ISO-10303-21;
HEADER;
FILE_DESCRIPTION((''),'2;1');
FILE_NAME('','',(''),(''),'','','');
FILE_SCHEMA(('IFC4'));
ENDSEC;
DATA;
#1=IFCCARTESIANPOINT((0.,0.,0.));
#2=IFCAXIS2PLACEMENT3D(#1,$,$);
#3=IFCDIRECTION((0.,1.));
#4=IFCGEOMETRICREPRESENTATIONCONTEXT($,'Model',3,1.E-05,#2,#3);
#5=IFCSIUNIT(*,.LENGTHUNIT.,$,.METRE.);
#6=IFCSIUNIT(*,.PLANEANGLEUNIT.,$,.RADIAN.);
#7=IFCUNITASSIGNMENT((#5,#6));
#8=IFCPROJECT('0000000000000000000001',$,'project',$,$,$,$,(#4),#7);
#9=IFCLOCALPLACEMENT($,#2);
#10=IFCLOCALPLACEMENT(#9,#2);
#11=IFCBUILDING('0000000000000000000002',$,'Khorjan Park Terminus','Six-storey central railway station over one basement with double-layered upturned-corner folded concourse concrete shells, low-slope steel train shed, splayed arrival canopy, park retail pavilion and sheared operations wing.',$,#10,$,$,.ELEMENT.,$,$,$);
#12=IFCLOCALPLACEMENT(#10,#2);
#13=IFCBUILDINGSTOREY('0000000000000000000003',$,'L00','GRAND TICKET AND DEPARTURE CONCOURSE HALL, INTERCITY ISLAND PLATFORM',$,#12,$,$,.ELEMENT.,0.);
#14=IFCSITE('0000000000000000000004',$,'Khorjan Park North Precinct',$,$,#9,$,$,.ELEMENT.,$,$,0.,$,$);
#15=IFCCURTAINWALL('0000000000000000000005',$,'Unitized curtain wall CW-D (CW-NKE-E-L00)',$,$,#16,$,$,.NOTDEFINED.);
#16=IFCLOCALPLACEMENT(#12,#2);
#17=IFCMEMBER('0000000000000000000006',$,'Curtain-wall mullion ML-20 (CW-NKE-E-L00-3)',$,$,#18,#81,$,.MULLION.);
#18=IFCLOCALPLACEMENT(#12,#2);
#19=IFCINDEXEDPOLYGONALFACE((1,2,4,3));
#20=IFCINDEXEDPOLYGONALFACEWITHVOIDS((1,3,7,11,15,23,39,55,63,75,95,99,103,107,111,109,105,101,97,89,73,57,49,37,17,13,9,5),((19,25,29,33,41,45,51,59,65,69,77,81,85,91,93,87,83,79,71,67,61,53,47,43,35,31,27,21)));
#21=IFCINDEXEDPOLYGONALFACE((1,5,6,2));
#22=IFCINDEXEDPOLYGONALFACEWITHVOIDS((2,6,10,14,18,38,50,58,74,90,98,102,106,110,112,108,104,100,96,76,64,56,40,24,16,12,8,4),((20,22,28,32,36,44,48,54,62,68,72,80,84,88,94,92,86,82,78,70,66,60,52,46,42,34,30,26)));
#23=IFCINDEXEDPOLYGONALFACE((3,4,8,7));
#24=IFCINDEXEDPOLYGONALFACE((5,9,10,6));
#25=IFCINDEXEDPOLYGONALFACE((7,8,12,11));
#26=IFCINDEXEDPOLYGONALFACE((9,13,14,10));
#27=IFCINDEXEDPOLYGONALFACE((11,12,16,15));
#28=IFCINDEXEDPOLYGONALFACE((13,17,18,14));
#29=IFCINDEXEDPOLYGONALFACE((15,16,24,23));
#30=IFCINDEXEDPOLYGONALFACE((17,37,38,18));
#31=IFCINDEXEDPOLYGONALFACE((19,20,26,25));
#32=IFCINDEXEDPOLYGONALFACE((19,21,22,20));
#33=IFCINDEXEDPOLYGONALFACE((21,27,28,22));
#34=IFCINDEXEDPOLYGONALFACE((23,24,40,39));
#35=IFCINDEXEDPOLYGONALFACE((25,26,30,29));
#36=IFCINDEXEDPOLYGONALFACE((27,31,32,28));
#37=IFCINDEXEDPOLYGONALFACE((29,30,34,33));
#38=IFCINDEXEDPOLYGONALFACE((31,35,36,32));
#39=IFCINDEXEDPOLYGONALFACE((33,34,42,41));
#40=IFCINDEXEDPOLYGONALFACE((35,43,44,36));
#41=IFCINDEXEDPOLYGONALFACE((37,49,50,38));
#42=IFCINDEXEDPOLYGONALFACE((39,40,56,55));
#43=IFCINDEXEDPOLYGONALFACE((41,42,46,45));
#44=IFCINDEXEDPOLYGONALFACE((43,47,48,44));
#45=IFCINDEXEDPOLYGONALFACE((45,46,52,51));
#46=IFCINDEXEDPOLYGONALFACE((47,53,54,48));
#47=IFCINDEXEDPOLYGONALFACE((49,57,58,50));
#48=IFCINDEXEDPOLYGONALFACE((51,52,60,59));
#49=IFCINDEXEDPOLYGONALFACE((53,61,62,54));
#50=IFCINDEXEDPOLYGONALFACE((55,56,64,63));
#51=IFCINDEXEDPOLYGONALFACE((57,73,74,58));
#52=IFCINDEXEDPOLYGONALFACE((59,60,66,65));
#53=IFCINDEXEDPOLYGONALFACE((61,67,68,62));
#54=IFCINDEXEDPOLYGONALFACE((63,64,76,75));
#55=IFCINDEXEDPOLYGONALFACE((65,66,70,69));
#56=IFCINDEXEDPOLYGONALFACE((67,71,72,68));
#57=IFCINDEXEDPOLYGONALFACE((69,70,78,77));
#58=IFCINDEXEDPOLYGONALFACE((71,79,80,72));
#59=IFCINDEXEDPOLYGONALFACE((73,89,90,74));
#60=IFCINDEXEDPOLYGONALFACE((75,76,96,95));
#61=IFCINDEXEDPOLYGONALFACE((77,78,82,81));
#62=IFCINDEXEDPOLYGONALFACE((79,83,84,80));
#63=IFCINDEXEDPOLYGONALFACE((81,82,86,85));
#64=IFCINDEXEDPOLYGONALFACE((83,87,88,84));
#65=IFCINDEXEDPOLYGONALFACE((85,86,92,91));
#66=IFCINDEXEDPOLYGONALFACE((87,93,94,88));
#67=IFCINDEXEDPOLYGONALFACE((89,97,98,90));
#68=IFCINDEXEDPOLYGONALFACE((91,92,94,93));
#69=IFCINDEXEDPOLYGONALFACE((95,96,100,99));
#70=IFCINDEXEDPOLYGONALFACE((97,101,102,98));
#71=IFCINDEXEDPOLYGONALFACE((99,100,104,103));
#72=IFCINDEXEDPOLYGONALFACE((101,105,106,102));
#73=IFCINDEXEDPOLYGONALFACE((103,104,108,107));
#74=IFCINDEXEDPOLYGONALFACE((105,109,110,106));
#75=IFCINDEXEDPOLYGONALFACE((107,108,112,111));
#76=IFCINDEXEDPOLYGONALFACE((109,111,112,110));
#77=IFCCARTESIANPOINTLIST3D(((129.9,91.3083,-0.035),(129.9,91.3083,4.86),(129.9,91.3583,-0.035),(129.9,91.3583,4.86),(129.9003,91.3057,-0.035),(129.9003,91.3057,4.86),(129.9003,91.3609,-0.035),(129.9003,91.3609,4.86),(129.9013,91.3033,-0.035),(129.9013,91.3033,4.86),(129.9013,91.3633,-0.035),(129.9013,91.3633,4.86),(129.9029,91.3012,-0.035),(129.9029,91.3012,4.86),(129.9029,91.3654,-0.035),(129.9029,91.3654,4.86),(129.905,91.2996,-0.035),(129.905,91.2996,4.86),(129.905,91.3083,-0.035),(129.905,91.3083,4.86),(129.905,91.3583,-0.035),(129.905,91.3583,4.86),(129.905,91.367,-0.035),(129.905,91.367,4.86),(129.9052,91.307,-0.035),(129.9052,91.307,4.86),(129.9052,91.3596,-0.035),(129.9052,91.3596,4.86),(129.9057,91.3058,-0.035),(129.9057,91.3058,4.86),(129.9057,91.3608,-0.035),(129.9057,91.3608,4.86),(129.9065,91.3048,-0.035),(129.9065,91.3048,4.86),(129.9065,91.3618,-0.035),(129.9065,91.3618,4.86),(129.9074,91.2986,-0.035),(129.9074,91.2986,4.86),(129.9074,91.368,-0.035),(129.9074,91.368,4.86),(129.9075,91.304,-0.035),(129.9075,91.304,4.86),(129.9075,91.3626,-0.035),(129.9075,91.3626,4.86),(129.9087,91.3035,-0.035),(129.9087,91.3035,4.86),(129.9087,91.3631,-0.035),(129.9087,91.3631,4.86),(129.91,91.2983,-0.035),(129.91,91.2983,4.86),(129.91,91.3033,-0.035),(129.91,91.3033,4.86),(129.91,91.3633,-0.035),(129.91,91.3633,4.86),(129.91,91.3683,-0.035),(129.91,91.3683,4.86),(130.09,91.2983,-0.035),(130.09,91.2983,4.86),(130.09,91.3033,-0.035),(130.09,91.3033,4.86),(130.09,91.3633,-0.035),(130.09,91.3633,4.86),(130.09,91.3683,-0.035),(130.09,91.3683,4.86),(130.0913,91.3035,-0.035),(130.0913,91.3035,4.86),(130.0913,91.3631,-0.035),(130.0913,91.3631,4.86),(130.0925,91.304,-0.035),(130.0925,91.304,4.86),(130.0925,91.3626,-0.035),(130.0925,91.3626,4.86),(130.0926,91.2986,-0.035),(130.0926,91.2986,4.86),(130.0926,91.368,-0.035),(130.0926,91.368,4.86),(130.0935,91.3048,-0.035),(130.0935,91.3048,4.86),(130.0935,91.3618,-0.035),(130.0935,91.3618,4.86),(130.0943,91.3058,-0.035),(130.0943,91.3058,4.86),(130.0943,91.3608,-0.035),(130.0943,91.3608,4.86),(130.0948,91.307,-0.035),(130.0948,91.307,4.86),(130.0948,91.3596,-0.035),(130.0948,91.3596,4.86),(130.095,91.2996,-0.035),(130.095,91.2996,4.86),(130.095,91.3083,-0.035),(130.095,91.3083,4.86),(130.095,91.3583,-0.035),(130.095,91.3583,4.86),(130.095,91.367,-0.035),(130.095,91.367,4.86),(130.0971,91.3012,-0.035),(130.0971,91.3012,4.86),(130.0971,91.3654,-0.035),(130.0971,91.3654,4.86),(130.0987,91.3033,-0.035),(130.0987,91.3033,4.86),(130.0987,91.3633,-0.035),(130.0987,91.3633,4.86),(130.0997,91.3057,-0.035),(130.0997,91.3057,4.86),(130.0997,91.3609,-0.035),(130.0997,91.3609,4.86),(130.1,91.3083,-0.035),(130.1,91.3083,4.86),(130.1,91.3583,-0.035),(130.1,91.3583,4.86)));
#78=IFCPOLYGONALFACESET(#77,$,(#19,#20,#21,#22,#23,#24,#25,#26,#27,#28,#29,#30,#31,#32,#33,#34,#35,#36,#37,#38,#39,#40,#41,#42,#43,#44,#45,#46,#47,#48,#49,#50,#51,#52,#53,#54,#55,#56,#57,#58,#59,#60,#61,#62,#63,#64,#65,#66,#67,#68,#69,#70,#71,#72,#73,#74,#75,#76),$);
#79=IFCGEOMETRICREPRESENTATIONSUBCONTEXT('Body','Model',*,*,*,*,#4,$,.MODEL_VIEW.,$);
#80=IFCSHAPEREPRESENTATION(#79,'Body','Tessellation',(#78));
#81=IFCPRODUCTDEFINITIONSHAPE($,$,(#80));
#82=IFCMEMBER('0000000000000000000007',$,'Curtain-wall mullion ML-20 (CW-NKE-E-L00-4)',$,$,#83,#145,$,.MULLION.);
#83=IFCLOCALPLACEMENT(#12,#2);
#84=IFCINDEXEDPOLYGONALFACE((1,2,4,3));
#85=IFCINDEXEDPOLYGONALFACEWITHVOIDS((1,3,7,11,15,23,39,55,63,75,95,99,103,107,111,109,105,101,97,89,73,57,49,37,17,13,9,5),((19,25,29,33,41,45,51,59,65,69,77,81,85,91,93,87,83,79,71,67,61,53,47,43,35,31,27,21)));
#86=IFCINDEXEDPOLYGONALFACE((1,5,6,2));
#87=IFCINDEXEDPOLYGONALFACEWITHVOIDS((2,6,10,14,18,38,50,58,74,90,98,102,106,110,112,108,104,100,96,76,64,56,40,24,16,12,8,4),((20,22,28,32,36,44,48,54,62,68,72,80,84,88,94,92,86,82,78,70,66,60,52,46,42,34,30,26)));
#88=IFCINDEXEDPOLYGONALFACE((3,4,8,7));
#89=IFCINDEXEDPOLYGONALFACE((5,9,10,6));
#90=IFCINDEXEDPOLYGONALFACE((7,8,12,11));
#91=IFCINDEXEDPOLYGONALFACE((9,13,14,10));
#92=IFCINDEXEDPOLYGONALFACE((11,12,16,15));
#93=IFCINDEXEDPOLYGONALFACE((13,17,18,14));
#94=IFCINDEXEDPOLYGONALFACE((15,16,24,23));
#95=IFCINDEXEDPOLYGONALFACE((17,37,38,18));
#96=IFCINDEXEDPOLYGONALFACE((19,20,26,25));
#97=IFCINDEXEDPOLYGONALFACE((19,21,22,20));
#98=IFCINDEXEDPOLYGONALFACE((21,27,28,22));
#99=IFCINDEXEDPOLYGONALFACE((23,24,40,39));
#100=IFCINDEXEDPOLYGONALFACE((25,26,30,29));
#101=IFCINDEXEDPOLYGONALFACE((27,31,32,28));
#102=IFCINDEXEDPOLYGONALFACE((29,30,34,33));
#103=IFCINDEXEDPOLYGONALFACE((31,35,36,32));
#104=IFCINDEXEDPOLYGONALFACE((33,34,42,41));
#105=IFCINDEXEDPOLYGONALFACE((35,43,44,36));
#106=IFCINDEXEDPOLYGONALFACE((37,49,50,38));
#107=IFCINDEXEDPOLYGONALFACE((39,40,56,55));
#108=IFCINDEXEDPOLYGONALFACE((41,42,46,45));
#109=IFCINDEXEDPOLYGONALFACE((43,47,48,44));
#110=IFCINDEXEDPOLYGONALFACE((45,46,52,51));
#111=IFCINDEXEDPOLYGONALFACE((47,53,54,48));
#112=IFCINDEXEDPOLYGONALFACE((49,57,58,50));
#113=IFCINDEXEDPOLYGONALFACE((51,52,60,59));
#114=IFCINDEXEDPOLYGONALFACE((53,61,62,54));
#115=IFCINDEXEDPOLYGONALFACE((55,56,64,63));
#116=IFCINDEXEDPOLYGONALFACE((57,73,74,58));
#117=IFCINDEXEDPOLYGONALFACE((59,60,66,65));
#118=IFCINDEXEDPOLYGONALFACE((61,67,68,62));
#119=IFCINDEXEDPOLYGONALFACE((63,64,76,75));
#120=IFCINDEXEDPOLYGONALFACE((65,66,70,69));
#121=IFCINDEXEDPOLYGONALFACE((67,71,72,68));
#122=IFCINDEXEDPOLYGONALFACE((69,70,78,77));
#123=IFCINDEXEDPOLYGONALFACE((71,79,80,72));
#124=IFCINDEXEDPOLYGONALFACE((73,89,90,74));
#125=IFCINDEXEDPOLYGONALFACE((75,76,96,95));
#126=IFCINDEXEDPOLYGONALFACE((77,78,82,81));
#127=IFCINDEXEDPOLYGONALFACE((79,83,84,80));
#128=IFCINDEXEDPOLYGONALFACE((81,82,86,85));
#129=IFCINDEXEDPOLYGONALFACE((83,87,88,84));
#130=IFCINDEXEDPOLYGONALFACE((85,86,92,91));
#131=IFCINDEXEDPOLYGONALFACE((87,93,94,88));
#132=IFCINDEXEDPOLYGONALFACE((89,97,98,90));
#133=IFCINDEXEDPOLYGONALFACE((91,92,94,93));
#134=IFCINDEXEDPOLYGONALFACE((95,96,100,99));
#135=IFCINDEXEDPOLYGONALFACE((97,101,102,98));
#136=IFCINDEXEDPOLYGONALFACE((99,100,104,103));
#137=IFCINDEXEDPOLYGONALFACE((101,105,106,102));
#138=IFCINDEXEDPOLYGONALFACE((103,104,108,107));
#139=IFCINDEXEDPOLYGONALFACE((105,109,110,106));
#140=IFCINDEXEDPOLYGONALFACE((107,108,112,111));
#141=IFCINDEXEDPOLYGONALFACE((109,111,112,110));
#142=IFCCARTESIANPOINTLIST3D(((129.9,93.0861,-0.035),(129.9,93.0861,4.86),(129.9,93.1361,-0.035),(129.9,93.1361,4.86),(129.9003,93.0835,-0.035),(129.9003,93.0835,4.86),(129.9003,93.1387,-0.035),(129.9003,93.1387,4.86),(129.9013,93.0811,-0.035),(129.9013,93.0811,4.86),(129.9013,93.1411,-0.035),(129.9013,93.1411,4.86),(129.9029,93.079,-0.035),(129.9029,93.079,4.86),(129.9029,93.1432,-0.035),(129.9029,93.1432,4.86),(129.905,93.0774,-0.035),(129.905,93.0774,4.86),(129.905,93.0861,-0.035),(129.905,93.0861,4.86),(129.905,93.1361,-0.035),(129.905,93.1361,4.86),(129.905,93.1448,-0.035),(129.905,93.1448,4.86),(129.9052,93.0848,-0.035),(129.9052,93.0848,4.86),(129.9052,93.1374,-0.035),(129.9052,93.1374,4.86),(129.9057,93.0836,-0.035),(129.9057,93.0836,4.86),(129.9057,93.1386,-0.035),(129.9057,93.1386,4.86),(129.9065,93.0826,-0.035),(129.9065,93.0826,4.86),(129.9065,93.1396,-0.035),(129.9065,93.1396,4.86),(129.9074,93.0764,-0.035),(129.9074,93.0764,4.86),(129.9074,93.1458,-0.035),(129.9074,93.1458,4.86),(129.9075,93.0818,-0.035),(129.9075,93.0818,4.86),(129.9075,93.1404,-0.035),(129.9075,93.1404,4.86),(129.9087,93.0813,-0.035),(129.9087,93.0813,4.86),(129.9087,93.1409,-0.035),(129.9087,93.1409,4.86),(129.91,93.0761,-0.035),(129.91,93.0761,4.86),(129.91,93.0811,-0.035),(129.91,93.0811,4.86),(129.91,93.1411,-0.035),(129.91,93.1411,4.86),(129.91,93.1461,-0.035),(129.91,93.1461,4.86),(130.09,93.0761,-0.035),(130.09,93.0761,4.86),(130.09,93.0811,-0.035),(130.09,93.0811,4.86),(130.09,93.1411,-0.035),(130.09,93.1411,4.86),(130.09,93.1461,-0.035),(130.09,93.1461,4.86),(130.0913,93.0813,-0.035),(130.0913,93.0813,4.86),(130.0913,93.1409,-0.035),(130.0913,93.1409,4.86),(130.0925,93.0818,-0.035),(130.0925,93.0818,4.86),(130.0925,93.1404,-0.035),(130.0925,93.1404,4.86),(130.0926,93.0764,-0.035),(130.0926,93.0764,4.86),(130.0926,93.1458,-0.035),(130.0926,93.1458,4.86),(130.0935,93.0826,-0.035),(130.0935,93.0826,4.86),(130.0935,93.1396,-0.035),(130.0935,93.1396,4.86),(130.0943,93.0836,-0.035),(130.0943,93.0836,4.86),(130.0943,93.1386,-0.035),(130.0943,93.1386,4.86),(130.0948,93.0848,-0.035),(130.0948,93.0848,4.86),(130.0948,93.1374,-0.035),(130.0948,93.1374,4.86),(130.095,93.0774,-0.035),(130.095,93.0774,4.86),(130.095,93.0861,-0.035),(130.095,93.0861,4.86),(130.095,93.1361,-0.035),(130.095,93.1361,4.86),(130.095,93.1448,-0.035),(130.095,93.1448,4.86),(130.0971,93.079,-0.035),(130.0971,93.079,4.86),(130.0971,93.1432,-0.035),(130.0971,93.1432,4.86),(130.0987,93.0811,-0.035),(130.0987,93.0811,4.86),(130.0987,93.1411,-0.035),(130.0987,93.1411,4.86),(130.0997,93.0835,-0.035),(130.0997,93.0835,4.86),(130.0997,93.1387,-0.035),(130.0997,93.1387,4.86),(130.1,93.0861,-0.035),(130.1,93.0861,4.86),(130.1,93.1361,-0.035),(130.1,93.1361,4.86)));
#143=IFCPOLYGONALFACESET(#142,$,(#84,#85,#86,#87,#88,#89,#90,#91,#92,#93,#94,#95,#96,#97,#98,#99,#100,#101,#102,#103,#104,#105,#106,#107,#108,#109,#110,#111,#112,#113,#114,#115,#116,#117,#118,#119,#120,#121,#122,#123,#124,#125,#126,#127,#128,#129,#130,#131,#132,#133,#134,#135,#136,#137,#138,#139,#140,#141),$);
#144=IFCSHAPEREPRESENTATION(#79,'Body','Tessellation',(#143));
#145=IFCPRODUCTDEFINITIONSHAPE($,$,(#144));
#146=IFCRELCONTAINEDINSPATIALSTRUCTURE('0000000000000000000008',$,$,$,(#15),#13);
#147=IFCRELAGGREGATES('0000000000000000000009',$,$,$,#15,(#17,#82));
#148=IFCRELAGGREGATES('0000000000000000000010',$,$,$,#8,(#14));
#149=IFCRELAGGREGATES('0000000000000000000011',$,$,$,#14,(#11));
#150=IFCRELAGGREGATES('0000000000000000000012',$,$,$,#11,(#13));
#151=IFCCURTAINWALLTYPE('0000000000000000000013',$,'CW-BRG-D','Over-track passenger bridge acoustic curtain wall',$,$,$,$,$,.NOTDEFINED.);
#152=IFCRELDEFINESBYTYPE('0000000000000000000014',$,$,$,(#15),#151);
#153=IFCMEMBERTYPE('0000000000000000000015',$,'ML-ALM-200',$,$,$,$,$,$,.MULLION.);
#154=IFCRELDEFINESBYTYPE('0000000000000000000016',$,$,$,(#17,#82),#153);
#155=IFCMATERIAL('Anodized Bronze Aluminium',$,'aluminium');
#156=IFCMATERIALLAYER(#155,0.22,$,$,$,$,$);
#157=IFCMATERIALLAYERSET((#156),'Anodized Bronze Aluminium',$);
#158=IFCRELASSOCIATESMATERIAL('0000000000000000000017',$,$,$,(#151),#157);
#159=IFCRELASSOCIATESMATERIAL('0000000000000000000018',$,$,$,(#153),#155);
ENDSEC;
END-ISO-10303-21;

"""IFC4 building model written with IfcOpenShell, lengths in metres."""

from ifc_helpers import new_model, si_unit, direction, frame, origin, origin_2d, place, context, subcontext, project, spatial, hollow_rectangle, extrude, material, layer, layer_set, material_profile, profile_set, type_object, element, aggregate, save


model = new_model("IFC4")

# Units and contexts
model_context = context("Model", 3, precision=1e-05, world=origin(), true_north=direction((0.0, 1.0)))
body_context = subcontext(model_context, "Body", "Model", "MODEL_VIEW")
ifc_project = project(units=[si_unit("LENGTHUNIT", "METRE"), si_unit("PLANEANGLEUNIT", "RADIAN")], contexts=[model_context])

# Site, building, storey
site_placement = place(None, origin())
site = spatial("IfcSite", under=ifc_project, at=site_placement, Name="Khorjan Park North Precinct", CompositionType="ELEMENT", RefElevation=0.0)
building_placement = place(site_placement, origin())
building = spatial("IfcBuilding", under=site, at=building_placement, Name="Khorjan Park Terminus", Description="Six-storey central railway station over one basement with double-layered upturned-corner folded concourse concrete shells, low-slope steel train shed, splayed arrival canopy, park retail pavilion and sheared operations wing.", CompositionType="ELEMENT")
storey_placement = place(building_placement, origin())
storey = spatial("IfcBuildingStorey", under=building, at=storey_placement, Name="L00", Description="GRAND TICKET AND DEPARTURE CONCOURSE HALL, INTERCITY ISLAND PLATFORM", CompositionType="ELEMENT", Elevation=0.0)

# Curtain wall, members
ifc_material_1 = material(Name="Anodized Bronze Aluminium", Category="aluminium")
ifc_layer_1 = layer(ifc_material_1, 0.22)
ifc_layer_set_1 = layer_set([ifc_layer_1], Name="Anodized Bronze Aluminium")
curtain_wall_type = type_object("IfcCurtainWallType", Name="CW-BRG-D", Description="Over-track passenger bridge acoustic curtain wall", PredefinedType="NOTDEFINED", material=ifc_layer_set_1)
curtain_wall_placement = place(storey_placement, origin())
curtain_wall = element("IfcCurtainWall", 1, at=curtain_wall_placement, inside=storey, type_object=curtain_wall_type, Name="Unitized curtain wall CW-D (CW-NKE-E-L00)", PredefinedType="NOTDEFINED")
ifc_material_profile_1 = material_profile(ifc_material_1, hollow_rectangle(XDim=0.07, YDim=0.2, WallThickness=0.005, InnerFilletRadius=0.005, OuterFilletRadius=0.01, at=origin_2d()), Name="ALM 70x200x5")
ifc_profile_set_1 = profile_set([ifc_material_profile_1], Name="Anodized Bronze Aluminium")
member_type_1 = type_object("IfcMemberType", Name="ML-ALM-200", PredefinedType="MULLION", material=ifc_profile_set_1)
member_1_placement = place(storey_placement, frame((130.0, 91.3333, -0.035), z_axis=(0.0, 0.0, 1.0), x_axis=(0.0, 1.0, 0.0)))
member_1 = element("IfcMember", 2, at=member_1_placement, type_object=member_type_1, Name="Curtain-wall mullion ML-20 (CW-NKE-E-L00-3)", PredefinedType="MULLION", context=body_context, shape_type="SweptSolid", body=[
    extrude(hollow_rectangle(XDim=0.07, YDim=0.2, WallThickness=0.005, InnerFilletRadius=0.005, OuterFilletRadius=0.01, at=origin_2d()), origin(), (0.0, 0.0, 1.0), 4.895),
])
member_2_placement = place(storey_placement, frame((130.0, 93.1111, -0.035), z_axis=(0.0, 0.0, 1.0), x_axis=(0.0, 1.0, 0.0)))
member_2 = element("IfcMember", 3, at=member_2_placement, type_object=member_type_1, Name="Curtain-wall mullion ML-20 (CW-NKE-E-L00-4)", PredefinedType="MULLION", context=body_context, shape_type="SweptSolid", body=[
    extrude(hollow_rectangle(XDim=0.07, YDim=0.2, WallThickness=0.005, InnerFilletRadius=0.005, OuterFilletRadius=0.01, at=origin_2d()), origin(), (0.0, 0.0, 1.0), 4.895),
])
aggregate(curtain_wall, [member_1, member_2])

save(model, "model.ifc")
